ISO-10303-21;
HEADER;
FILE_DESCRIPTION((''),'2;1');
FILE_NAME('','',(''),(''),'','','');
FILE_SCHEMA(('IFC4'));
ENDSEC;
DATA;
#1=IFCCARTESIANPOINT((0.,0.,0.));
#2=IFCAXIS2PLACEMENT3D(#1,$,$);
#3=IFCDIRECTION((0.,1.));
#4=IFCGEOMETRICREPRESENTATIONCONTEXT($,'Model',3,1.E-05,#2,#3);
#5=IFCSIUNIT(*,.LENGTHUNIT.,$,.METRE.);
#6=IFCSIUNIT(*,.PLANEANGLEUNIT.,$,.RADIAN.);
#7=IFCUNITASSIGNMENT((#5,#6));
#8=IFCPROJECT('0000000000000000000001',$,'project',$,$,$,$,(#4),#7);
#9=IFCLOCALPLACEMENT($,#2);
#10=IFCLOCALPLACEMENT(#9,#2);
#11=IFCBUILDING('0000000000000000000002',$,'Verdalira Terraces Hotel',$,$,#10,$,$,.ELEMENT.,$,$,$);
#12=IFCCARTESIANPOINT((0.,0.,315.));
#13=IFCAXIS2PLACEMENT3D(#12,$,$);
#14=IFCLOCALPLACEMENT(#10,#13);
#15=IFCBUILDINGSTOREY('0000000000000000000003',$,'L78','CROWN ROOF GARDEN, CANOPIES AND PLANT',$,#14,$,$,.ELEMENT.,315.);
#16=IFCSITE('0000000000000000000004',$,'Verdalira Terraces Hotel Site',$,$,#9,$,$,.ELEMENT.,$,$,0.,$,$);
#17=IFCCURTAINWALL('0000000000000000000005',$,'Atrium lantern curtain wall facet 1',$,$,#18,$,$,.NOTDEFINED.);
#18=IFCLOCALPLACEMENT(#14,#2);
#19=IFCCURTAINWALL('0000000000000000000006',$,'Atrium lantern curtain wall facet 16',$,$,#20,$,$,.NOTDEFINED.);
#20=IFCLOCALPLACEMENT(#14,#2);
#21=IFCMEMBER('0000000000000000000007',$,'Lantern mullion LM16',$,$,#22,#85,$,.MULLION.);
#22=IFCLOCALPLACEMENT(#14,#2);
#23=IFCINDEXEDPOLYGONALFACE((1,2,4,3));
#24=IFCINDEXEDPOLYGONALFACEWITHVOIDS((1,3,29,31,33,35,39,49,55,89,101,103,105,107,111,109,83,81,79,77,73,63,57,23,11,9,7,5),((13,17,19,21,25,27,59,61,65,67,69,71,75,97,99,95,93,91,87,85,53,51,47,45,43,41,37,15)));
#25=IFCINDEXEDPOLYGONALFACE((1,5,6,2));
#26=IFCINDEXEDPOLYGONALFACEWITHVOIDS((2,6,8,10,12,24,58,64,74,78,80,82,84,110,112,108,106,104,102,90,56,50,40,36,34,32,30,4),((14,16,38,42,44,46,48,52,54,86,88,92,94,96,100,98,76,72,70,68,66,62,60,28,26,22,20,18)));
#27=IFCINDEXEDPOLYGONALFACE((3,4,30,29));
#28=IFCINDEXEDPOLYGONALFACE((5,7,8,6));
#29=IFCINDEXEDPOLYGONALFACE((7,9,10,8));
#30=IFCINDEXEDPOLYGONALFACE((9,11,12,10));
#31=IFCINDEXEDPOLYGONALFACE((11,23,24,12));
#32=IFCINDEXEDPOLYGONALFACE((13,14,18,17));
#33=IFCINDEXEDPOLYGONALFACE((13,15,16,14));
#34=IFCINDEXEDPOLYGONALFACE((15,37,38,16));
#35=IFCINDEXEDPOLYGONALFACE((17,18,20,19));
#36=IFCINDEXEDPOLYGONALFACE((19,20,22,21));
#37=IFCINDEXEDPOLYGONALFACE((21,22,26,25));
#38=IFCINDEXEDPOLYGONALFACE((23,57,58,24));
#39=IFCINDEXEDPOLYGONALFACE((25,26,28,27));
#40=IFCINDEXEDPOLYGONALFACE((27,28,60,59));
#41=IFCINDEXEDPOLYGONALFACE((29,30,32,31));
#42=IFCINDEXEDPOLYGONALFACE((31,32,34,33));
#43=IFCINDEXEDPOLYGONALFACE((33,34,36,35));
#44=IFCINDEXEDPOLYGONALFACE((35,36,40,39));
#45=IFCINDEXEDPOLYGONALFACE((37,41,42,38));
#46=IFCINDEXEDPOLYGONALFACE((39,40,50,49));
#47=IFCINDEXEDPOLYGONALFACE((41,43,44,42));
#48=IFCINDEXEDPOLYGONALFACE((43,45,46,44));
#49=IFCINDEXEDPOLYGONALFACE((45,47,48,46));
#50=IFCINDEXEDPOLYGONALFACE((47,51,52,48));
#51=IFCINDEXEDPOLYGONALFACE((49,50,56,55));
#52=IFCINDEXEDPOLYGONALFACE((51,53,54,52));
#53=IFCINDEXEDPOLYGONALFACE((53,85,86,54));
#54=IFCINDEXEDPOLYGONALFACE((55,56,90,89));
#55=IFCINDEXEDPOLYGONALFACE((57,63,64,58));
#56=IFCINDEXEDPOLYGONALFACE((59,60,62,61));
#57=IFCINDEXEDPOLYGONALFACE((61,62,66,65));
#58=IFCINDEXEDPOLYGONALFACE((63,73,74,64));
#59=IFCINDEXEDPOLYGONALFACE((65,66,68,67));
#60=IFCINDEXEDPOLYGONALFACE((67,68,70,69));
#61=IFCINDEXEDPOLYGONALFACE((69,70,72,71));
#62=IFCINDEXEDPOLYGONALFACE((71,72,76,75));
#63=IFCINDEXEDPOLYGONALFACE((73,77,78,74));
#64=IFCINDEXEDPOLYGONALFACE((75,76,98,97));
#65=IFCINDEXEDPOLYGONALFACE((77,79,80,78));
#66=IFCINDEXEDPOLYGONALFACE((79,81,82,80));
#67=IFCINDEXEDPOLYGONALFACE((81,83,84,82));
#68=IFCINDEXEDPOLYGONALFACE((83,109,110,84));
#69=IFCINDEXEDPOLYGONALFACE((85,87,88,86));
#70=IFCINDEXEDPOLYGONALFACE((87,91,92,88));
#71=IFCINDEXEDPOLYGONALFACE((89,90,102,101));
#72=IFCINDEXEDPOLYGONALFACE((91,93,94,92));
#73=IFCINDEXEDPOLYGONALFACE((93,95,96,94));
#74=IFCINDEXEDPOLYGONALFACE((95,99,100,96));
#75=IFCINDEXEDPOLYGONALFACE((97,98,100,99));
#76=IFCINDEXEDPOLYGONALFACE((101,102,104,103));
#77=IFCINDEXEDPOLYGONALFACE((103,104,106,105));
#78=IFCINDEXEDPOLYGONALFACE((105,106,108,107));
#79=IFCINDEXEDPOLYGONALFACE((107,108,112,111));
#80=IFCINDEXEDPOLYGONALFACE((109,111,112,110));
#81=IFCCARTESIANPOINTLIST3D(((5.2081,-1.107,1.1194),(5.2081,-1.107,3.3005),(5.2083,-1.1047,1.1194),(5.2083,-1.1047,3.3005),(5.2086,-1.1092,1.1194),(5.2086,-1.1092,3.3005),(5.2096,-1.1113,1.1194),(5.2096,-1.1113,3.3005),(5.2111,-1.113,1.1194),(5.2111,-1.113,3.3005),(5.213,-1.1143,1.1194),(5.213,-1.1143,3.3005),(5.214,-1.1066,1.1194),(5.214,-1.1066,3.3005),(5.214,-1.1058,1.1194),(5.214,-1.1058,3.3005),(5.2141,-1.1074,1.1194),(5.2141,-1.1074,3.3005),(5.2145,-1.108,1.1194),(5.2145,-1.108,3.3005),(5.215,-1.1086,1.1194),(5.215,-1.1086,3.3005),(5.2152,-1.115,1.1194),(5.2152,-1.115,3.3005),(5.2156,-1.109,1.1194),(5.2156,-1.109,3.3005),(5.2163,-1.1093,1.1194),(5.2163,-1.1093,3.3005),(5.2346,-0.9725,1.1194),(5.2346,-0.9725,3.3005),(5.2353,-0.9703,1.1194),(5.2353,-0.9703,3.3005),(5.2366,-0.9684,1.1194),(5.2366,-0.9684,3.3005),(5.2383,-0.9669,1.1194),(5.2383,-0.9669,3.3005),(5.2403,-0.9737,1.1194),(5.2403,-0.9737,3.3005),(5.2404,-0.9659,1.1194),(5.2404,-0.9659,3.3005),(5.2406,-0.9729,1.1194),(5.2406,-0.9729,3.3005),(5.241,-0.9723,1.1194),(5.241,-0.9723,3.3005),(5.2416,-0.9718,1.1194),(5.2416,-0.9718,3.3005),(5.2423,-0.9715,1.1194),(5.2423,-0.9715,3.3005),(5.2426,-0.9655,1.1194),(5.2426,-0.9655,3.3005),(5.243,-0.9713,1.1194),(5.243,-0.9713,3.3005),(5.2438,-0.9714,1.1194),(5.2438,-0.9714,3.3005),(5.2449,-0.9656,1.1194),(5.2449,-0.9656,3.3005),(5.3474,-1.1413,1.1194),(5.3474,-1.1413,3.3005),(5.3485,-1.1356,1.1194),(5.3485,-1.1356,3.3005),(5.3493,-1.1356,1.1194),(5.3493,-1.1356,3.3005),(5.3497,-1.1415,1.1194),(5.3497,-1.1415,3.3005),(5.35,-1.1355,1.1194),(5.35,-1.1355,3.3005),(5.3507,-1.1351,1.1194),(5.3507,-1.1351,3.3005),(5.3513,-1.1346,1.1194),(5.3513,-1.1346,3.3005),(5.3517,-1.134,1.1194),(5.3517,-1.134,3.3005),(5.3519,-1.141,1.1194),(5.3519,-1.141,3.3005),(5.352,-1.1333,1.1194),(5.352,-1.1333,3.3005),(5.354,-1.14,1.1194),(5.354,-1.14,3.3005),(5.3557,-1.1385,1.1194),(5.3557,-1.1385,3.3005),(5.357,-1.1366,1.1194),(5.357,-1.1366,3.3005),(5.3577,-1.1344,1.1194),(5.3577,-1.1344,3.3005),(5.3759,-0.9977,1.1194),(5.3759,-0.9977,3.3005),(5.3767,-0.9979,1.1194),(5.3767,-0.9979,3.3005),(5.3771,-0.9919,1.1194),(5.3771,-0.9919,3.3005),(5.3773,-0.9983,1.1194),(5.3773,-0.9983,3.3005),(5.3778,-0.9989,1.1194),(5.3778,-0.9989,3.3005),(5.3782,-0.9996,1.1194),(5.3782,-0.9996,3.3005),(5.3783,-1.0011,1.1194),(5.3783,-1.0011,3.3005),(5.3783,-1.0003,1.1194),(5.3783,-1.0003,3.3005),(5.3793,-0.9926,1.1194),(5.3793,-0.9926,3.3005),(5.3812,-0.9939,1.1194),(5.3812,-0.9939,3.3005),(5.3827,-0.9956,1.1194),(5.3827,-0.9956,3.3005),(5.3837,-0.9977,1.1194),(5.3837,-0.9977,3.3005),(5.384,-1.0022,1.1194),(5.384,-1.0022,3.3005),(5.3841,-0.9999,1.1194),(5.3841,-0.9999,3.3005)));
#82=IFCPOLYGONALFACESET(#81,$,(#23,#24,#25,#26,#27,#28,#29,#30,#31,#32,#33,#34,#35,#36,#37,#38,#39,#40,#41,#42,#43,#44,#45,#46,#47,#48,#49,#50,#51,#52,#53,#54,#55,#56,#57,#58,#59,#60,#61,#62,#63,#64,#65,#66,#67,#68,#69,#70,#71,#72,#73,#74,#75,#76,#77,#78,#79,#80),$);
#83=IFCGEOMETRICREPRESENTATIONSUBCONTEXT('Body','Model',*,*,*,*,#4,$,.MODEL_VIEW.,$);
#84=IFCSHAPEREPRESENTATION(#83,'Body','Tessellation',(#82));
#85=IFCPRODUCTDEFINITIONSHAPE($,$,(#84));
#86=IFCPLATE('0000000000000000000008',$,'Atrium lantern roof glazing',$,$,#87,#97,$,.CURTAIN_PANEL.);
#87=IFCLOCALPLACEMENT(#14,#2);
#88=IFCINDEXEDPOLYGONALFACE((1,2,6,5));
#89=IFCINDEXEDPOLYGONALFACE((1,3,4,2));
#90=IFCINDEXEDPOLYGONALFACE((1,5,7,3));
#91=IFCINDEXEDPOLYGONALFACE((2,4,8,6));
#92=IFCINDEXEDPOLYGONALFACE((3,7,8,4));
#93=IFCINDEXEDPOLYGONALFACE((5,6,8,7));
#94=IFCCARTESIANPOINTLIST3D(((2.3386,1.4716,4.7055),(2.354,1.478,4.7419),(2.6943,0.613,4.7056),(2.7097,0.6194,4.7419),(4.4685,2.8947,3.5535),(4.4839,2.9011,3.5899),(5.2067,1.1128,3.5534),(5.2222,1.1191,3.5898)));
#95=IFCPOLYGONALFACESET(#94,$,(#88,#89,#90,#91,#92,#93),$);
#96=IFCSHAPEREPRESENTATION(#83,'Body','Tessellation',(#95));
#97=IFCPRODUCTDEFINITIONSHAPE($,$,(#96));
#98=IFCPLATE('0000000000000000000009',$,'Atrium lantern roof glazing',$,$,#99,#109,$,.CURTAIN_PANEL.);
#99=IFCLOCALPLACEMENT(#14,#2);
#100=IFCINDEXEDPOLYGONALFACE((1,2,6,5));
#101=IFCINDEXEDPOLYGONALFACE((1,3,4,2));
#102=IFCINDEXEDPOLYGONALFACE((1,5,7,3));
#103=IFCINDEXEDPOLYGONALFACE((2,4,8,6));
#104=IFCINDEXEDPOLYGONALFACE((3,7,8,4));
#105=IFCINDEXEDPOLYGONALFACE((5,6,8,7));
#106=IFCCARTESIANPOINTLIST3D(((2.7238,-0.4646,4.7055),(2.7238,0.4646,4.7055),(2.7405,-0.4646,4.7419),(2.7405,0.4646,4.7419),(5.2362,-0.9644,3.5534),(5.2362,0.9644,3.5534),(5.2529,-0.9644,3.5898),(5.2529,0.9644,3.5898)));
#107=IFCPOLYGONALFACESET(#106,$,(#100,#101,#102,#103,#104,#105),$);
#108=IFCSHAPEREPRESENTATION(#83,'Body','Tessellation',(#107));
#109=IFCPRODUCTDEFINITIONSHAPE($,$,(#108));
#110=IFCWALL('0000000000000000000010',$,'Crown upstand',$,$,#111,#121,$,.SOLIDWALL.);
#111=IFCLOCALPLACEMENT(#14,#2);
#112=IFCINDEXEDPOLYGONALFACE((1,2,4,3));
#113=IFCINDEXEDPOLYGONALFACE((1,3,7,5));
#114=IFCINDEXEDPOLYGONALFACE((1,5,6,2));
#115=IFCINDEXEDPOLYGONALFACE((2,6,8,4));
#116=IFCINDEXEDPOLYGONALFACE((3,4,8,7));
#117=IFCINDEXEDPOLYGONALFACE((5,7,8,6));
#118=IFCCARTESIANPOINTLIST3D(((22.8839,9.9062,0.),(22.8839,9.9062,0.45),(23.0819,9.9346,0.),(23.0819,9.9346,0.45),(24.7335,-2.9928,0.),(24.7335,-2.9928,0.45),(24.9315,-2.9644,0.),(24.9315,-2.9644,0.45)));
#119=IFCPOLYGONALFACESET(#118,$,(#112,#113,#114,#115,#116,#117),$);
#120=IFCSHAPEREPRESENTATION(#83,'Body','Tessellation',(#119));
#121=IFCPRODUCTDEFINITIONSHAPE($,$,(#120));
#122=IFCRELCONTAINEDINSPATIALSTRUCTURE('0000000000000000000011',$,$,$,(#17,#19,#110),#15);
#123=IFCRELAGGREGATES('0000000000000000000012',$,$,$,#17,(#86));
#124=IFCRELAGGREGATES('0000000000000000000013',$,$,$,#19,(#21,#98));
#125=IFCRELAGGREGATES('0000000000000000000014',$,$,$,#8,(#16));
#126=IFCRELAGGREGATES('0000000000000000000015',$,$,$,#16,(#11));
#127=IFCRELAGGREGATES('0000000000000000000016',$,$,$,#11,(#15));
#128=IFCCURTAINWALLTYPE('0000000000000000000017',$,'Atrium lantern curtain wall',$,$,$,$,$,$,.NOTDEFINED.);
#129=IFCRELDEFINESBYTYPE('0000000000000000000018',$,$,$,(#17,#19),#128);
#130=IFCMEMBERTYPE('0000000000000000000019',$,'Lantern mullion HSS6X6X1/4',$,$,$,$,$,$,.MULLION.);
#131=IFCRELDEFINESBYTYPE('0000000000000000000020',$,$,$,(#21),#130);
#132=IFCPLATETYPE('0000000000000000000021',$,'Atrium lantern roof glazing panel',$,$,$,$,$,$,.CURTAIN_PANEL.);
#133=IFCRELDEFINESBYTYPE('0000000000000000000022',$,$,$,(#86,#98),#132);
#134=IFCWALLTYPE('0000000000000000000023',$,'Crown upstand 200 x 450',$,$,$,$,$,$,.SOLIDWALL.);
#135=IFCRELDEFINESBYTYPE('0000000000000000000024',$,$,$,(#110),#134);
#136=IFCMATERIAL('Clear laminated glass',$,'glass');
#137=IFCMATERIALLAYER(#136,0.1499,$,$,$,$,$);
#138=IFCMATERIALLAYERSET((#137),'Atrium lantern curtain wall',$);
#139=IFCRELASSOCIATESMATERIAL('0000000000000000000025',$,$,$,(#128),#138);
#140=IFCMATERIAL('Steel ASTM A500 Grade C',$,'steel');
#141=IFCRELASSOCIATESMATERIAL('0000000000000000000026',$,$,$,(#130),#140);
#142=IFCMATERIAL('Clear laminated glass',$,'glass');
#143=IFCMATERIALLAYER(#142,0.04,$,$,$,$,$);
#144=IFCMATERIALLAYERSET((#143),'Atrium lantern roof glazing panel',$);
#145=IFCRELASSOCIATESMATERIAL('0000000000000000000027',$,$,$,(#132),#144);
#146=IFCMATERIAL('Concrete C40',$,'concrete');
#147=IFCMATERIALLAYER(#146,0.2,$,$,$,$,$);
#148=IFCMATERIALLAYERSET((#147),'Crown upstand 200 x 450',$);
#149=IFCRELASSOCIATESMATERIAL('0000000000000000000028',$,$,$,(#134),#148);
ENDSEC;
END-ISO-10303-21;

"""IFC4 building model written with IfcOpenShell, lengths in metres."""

from ifc_helpers import new_model, si_unit, direction, frame, frame_2d, origin, origin_2d, place, context, subcontext, project, spatial, polyline, rectangle, hollow_rectangle, outline, extrude, material, layer, layer_set, material_profile, profile_set, type_object, element, aggregate, save


model = new_model("IFC4")

# Units and contexts
model_context = context("Model", 3, precision=1e-05, world=origin(), true_north=direction((0.0, 1.0)))
body_context = subcontext(model_context, "Body", "Model", "MODEL_VIEW")
ifc_project = project(units=[si_unit("LENGTHUNIT", "METRE"), si_unit("PLANEANGLEUNIT", "RADIAN")], contexts=[model_context])

# Site, building, storey
site_placement = place(None, origin())
site = spatial("IfcSite", under=ifc_project, at=site_placement, Name="Verdalira Terraces Hotel Site", CompositionType="ELEMENT", RefElevation=0.0)
building_placement = place(site_placement, origin())
building = spatial("IfcBuilding", under=site, at=building_placement, Name="Verdalira Terraces Hotel", CompositionType="ELEMENT")
storey_placement = place(building_placement, frame((0.0, 0.0, 315.0)))
storey = spatial("IfcBuildingStorey", under=building, at=storey_placement, Name="L78", Description="CROWN ROOF GARDEN, CANOPIES AND PLANT", CompositionType="ELEMENT", Elevation=315.0)

# Curtain walls
ifc_material_1 = material(Name="Clear laminated glass", Category="glass")
ifc_layer_1 = layer(ifc_material_1, 0.1499)
ifc_layer_set_1 = layer_set([ifc_layer_1], Name="Atrium lantern curtain wall")
curtain_wall_type = type_object("IfcCurtainWallType", Name="Atrium lantern curtain wall", PredefinedType="NOTDEFINED", material=ifc_layer_set_1)
curtain_wall_1_placement = place(storey_placement, origin())
curtain_wall_1 = element("IfcCurtainWall", 1, at=curtain_wall_1_placement, inside=storey, type_object=curtain_wall_type, Name="Atrium lantern curtain wall facet 1", PredefinedType="NOTDEFINED")
curtain_wall_2_placement = place(storey_placement, origin())
curtain_wall_2 = element("IfcCurtainWall", 2, at=curtain_wall_2_placement, inside=storey, type_object=curtain_wall_type, Name="Atrium lantern curtain wall facet 16", PredefinedType="NOTDEFINED")

# Member
ifc_material_2 = material(Name="Steel ASTM A500 Grade C", Category="steel")
ifc_material_profile_1 = material_profile(ifc_material_2, hollow_rectangle(XDim=0.1523, YDim=0.1523, WallThickness=0.0059, InnerFilletRadius=0.0029, OuterFilletRadius=0.0088, at=origin_2d()), Name="HSS6X6X1/4")
ifc_profile_set_1 = profile_set([ifc_material_profile_1], Name="Steel ASTM A500 Grade C")
member_type_1 = type_object("IfcMemberType", Name="Lantern mullion HSS6X6X1/4", PredefinedType="MULLION", material=ifc_profile_set_1)
member_1_placement = place(storey_placement, frame((5.2961, -1.0535, 1.1194), z_axis=(0.0, 0.0, 1.0), x_axis=(0.980785, -0.19509, 0.0)))
member_1 = element("IfcMember", 3, at=member_1_placement, type_object=member_type_1, Name="Lantern mullion LM16", PredefinedType="MULLION", context=body_context, shape_type="SweptSolid", body=[
    extrude(hollow_rectangle(XDim=0.1523, YDim=0.1523, WallThickness=0.0059, InnerFilletRadius=0.0029, OuterFilletRadius=0.0088, at=origin_2d()), origin(), (0.0, 0.0, 1.0), 2.1812),
])

# Plates
ifc_material_3 = material(Name="Clear laminated glass", Category="glass")
ifc_layer_2 = layer(ifc_material_3, 0.04)
ifc_layer_set_2 = layer_set([ifc_layer_2], Name="Atrium lantern roof glazing panel")
plate_type = type_object("IfcPlateType", Name="Atrium lantern roof glazing panel", PredefinedType="CURTAIN_PANEL", material=ifc_layer_set_2)
plate_1_placement = place(storey_placement, frame((5.2222, 1.1191, 3.5898), z_axis=(0.385089, 0.15954, 0.908985), x_axis=(-0.382753, 0.923851, 0.000003)))
plate_1 = element("IfcPlate", 4, at=plate_1_placement, type_object=plate_type, Name="Atrium lantern roof glazing", PredefinedType="CURTAIN_PANEL", context=body_context, shape_type="SweptSolid", body=[
    extrude(outline(polyline([(0.0, 0.0), (1.9289, 0.0), (1.4294, 2.764), (0.5, 2.764), (0.0, 0.0)])), origin(), (0.0, 0.0, -1.0), 0.04),
])
plate_2_placement = place(storey_placement, frame((5.2529, -0.9644, 3.5898), z_axis=(0.416822, 0.0, 0.908988), x_axis=(0.0, 1.0, 0.0)))
plate_2 = element("IfcPlate", 5, at=plate_2_placement, type_object=plate_type, Name="Atrium lantern roof glazing", PredefinedType="CURTAIN_PANEL", context=body_context, shape_type="SweptSolid", body=[
    extrude(outline(polyline([(0.0, 0.0), (1.9287, 0.0), (1.429, 2.764), (0.4998, 2.764), (0.0, 0.0)])), origin(), (0.0, 0.0, -1.0), 0.04),
])

# Wall
ifc_material_4 = material(Name="Concrete C40", Category="concrete")
ifc_layer_3 = layer(ifc_material_4, 0.2)
ifc_layer_set_3 = layer_set([ifc_layer_3], Name="Crown upstand 200 x 450")
wall_type_1 = type_object("IfcWallType", Name="Crown upstand 200 x 450", PredefinedType="SOLIDWALL", material=ifc_layer_set_3)
wall_1_placement = place(storey_placement, frame((24.8325, -2.9788, 0.0), z_axis=(0.0, 0.0, 1.0), x_axis=(-0.141938, 0.989876, 0.0)))
element("IfcWall", 6, at=wall_1_placement, inside=storey, type_object=wall_type_1, Name="Crown upstand", PredefinedType="SOLIDWALL", context=body_context, shape_type="SweptSolid", body=[
    extrude(rectangle(XDim=13.031, YDim=0.2, at=frame_2d((6.5156, 0.0))), origin(), (0.0, 0.0, 1.0), 0.45),
])

aggregate(curtain_wall_1, [plate_1])
aggregate(curtain_wall_2, [member_1, plate_2])

save(model, "model.ifc")
